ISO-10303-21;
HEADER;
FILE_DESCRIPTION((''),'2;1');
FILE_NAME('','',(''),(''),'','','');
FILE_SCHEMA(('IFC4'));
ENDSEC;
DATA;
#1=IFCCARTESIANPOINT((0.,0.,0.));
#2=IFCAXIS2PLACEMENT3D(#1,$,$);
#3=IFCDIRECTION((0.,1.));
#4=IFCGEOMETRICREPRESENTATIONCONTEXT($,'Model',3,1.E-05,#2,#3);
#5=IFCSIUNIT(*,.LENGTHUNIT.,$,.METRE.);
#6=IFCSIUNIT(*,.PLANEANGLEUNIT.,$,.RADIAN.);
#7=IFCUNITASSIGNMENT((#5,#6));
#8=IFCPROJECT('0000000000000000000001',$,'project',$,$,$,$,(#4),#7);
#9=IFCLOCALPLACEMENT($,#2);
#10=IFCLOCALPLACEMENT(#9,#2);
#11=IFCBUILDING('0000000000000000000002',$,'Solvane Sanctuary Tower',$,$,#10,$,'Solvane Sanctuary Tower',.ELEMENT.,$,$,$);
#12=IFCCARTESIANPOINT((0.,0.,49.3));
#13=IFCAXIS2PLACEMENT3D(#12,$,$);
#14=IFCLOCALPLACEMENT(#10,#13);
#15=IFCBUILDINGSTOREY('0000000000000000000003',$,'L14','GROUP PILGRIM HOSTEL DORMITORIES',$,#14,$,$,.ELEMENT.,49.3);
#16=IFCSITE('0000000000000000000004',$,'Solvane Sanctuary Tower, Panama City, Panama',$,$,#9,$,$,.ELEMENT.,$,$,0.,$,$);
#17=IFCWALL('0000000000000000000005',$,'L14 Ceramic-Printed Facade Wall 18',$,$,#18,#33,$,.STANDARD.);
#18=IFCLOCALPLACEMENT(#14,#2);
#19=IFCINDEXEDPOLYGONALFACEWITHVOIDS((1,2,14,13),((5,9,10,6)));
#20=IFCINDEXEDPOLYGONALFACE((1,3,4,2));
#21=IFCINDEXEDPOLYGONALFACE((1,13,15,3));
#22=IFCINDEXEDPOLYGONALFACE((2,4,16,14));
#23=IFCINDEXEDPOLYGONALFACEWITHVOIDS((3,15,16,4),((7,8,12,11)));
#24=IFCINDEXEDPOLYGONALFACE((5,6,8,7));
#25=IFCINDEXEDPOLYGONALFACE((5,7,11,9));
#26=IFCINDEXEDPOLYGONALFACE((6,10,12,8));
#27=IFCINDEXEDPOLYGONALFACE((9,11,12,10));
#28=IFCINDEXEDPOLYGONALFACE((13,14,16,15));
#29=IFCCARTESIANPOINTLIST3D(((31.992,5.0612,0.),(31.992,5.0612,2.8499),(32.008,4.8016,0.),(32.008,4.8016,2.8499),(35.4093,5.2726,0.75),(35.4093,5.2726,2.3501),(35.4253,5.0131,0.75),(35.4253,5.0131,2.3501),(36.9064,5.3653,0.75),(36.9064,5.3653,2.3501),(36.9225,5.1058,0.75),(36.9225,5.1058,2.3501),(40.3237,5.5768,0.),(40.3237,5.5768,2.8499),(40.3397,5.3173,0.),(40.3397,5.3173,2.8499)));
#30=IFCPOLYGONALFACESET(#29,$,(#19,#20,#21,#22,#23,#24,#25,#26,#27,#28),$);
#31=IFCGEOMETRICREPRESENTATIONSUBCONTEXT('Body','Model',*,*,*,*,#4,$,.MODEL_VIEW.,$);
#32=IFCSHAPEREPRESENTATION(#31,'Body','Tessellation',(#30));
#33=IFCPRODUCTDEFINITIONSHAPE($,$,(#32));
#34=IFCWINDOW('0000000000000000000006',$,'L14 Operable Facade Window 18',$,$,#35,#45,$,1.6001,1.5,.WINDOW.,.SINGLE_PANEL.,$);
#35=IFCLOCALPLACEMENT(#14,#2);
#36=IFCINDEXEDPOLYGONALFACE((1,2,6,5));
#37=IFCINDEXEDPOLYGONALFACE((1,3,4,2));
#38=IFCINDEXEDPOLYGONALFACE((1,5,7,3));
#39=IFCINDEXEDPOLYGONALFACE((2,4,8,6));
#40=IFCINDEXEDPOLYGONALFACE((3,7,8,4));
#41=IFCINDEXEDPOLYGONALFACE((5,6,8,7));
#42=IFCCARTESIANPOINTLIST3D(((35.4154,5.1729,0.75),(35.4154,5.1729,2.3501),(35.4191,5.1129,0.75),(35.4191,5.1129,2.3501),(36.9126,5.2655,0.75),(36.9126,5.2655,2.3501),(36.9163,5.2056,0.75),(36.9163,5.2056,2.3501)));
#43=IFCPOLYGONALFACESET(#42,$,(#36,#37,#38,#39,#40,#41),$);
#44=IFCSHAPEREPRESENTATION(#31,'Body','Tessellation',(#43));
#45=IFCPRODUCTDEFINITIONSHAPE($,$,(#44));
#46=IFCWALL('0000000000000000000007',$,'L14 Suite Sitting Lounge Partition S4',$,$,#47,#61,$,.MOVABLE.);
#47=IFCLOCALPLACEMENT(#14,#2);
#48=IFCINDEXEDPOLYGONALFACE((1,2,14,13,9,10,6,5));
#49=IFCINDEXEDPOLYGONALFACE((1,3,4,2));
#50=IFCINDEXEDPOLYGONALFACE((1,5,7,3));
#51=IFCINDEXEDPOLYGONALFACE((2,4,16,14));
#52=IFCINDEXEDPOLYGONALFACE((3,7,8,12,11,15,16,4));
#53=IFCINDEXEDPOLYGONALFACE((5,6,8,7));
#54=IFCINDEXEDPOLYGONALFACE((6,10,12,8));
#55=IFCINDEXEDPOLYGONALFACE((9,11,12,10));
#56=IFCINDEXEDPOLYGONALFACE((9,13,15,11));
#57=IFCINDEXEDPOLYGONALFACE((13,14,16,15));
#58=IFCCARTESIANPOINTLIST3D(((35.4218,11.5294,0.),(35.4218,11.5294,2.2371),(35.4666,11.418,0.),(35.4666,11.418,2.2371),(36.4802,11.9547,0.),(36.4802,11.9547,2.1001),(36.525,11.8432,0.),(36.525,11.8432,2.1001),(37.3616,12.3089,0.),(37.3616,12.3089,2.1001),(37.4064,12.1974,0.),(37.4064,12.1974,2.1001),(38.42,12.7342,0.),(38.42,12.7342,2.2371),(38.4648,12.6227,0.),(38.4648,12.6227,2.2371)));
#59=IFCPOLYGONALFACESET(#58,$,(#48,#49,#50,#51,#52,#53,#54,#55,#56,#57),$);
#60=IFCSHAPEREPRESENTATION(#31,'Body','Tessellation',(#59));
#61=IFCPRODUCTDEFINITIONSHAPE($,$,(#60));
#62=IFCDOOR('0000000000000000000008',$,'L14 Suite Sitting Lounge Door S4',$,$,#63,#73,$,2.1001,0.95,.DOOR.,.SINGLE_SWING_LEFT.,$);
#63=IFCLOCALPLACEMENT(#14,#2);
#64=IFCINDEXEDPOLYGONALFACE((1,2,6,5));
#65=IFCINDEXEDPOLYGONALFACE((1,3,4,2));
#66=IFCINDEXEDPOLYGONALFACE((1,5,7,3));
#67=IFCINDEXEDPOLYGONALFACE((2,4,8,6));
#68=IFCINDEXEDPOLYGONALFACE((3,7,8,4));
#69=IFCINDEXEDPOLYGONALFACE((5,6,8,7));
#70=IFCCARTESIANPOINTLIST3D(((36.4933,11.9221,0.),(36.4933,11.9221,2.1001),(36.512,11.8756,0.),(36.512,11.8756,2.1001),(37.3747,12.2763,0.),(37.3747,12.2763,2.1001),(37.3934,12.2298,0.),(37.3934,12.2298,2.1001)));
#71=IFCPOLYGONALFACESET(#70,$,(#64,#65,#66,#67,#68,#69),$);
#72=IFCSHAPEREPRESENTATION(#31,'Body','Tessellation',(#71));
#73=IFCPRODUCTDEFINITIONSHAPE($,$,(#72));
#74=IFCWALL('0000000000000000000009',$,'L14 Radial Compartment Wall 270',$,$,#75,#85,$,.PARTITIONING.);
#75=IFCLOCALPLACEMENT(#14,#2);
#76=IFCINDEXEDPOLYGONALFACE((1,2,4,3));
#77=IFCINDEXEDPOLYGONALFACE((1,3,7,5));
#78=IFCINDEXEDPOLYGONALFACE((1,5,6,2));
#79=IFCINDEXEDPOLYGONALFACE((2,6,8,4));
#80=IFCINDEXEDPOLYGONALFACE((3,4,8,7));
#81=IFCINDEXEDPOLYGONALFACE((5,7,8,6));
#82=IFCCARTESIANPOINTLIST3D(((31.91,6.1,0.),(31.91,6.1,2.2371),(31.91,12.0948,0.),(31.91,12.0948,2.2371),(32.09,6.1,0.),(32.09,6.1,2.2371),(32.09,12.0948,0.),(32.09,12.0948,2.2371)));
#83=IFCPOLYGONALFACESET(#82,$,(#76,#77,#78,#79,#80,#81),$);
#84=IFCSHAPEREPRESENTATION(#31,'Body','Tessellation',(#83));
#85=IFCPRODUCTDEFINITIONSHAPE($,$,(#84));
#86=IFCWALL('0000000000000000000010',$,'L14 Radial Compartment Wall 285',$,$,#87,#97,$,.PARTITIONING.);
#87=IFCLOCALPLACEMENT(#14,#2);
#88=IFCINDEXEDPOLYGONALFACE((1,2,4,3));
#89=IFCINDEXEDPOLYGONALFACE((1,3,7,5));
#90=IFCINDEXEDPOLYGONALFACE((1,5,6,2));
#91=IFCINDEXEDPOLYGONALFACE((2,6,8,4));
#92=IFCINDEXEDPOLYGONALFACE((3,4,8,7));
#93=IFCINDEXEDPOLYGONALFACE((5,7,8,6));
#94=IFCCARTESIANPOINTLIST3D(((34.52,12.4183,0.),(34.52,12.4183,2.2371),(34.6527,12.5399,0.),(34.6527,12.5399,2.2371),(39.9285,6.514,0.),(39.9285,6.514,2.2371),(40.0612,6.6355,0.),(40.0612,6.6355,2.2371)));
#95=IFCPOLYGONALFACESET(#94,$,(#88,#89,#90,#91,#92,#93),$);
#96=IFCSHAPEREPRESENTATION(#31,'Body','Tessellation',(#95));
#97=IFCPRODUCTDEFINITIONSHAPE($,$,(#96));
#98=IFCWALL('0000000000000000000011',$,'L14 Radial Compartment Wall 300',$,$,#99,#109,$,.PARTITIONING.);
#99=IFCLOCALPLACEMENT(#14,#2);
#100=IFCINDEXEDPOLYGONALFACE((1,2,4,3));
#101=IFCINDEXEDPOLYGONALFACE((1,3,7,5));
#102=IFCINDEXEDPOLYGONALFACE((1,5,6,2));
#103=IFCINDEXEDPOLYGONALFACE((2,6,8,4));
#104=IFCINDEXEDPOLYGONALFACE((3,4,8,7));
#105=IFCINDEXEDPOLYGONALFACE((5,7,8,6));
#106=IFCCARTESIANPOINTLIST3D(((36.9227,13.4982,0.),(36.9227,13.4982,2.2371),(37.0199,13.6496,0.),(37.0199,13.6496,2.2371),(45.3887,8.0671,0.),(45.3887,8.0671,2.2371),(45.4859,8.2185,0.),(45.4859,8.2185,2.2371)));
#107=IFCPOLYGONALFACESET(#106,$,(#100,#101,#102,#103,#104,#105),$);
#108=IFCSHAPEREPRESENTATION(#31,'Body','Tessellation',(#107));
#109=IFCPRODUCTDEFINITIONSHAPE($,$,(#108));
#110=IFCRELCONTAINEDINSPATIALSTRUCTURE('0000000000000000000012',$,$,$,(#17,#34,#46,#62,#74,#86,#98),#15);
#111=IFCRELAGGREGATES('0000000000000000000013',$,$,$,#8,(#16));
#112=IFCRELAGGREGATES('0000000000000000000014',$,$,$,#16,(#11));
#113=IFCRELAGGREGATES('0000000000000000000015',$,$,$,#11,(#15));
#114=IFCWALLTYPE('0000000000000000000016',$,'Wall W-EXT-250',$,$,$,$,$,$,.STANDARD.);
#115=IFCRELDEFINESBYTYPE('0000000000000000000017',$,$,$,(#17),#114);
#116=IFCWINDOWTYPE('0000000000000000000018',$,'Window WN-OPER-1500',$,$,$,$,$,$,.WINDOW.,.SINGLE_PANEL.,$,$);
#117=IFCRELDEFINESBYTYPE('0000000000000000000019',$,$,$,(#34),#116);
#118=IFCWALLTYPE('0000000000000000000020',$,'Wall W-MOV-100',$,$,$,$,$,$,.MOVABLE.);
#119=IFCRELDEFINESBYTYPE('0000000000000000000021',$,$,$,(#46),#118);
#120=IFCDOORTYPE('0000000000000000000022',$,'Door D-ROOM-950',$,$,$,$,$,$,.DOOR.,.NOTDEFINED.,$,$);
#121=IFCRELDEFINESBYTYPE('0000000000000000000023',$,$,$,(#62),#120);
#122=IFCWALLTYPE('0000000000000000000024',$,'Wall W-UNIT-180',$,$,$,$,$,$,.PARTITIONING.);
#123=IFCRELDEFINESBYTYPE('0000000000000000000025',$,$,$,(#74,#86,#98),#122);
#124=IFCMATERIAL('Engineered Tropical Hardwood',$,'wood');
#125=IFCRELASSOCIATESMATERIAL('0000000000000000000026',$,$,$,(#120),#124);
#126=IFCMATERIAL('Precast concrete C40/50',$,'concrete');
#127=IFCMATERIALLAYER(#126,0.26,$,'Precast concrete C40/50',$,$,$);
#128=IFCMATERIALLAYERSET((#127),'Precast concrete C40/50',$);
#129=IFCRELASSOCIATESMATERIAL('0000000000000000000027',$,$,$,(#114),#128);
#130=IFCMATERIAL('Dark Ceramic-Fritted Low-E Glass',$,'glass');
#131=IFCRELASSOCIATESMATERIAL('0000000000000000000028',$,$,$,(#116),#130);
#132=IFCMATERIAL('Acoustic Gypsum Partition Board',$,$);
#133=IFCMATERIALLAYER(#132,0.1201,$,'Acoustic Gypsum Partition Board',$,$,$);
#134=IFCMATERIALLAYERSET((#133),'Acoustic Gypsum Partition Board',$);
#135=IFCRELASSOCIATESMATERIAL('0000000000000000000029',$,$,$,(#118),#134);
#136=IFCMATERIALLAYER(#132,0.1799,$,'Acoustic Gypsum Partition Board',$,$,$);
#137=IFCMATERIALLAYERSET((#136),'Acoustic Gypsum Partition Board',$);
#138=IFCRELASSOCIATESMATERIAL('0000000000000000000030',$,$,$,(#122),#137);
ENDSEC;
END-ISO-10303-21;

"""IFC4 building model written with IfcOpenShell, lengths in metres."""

from ifc_helpers import new_model, si_unit, direction, frame, frame_2d, origin, place, context, subcontext, project, spatial, rectangle, extrude, material, layer, layer_set, type_object, element, fill, save


model = new_model("IFC4")

# Units and contexts
model_context = context("Model", 3, precision=1e-05, world=origin(), true_north=direction((0.0, 1.0)))
body_context = subcontext(model_context, "Body", "Model", "MODEL_VIEW")
ifc_project = project(units=[si_unit("LENGTHUNIT", "METRE"), si_unit("PLANEANGLEUNIT", "RADIAN")], contexts=[model_context])

# Site, building, storey
site_placement = place(None, origin())
site = spatial("IfcSite", under=ifc_project, at=site_placement, Name="Solvane Sanctuary Tower, Panama City, Panama", CompositionType="ELEMENT", RefElevation=0.0)
building_placement = place(site_placement, origin())
building = spatial("IfcBuilding", under=site, at=building_placement, Name="Solvane Sanctuary Tower", LongName="Solvane Sanctuary Tower", CompositionType="ELEMENT")
storey_placement = place(building_placement, frame((0.0, 0.0, 49.3)))
storey = spatial("IfcBuildingStorey", under=building, at=storey_placement, Name="L14", Description="GROUP PILGRIM HOSTEL DORMITORIES", CompositionType="ELEMENT", Elevation=49.3)

# Shared definitions
ifc_material_1 = material(Name="Acoustic Gypsum Partition Board")

# Shared definitions
ifc_material_2 = material(Name="Engineered Tropical Hardwood", Category="wood")
door_type_1 = type_object("IfcDoorType", Name="Door D-ROOM-950", OperationType="NOTDEFINED", PredefinedType="DOOR", material=ifc_material_2)

# Wall, opening, window
ifc_material_3 = material(Name="Precast concrete C40/50", Category="concrete")
ifc_layer_1 = layer(ifc_material_3, 0.26, Name="Precast concrete C40/50")
ifc_layer_set_1 = layer_set([ifc_layer_1], Name="Precast concrete C40/50")
wall_type_1 = type_object("IfcWallType", Name="Wall W-EXT-250", PredefinedType="STANDARD", material=ifc_layer_set_1)
wall_1_placement = place(storey_placement, frame((32.0, 4.9314, 0.0), z_axis=(0.0, 0.0, 1.0), x_axis=(0.998091, 0.061768, 0.0)))
wall_1 = element("IfcWall", 1, at=wall_1_placement, inside=storey, type_object=wall_type_1, Name="L14 Ceramic-Printed Facade Wall 18", PredefinedType="STANDARD", context=body_context, shape_type="SweptSolid", body=[
    extrude(rectangle(XDim=8.3477, YDim=0.26, at=frame_2d((4.1738, 0.0))), origin(), (0.0, 0.0, 1.0), 2.8499),
])
opening_1_placement = place(wall_1_placement, frame((3.4238, 0.0, 0.75)))
opening_1 = element("IfcOpeningElement", 2, at=opening_1_placement, cuts=wall_1, PredefinedType="OPENING", context=body_context, shape_type="SweptSolid", body=[
    extrude(rectangle(XDim=1.5, YDim=1.6001, at=frame_2d((0.75, 0.8))), frame((0.0, 0.1399, 0.0), z_axis=(0.0, -1.0, 0.0), x_axis=(1.0, 0.0, 0.0)), (0.0, 0.0, 1.0), 0.28),
])
ifc_material_4 = material(Name="Dark Ceramic-Fritted Low-E Glass", Category="glass")
window_type = type_object("IfcWindowType", Name="Window WN-OPER-1500", PartitioningType="SINGLE_PANEL", PredefinedType="WINDOW", material=ifc_material_4)
window_placement = place(opening_1_placement, origin())
window = element("IfcWindow", 3, at=window_placement, inside=storey, type_object=window_type, Name="L14 Operable Facade Window 18", OverallHeight=1.6001, OverallWidth=1.5, PartitioningType="SINGLE_PANEL", PredefinedType="WINDOW", context=body_context, shape_type="SweptSolid", body=[
    extrude(rectangle(XDim=1.5, YDim=1.6001, at=frame_2d((0.75, 0.8))), frame((0.0, 0.03, 0.0), z_axis=(0.0, -1.0, 0.0), x_axis=(1.0, 0.0, 0.0)), (0.0, 0.0, 1.0), 0.0601),
])
fill(opening_1, window)

# Wall, opening, door
ifc_layer_2 = layer(ifc_material_1, 0.1201, Name="Acoustic Gypsum Partition Board")
ifc_layer_set_2 = layer_set([ifc_layer_2], Name="Acoustic Gypsum Partition Board")
wall_type_2 = type_object("IfcWallType", Name="Wall W-MOV-100", PredefinedType="MOVABLE", material=ifc_layer_set_2)
wall_2_placement = place(storey_placement, frame((35.4441, 11.4736, 0.0), z_axis=(0.0, 0.0, 1.0), x_axis=(0.927887, 0.372862, 0.0)))
wall_2 = element("IfcWall", 4, at=wall_2_placement, inside=storey, type_object=wall_type_2, Name="L14 Suite Sitting Lounge Partition S4", PredefinedType="MOVABLE", context=body_context, shape_type="SweptSolid", body=[
    extrude(rectangle(XDim=3.2312, YDim=0.1201, at=frame_2d((1.6157, 0.0))), origin(), (0.0, 0.0, 1.0), 2.2371),
])
opening_2_placement = place(wall_2_placement, frame((1.1406, 0.0, 0.0)))
opening_2 = element("IfcOpeningElement", 5, at=opening_2_placement, cuts=wall_2, PredefinedType="OPENING", context=body_context, shape_type="SweptSolid", body=[
    extrude(rectangle(XDim=0.95, YDim=2.1001, at=frame_2d((0.4751, 1.05))), frame((0.0, 0.0701, 0.0), z_axis=(0.0, -1.0, 0.0), x_axis=(1.0, 0.0, 0.0)), (0.0, 0.0, 1.0), 0.1401),
])
door_1_placement = place(opening_2_placement, origin())
door_1 = element("IfcDoor", 6, at=door_1_placement, inside=storey, type_object=door_type_1, Name="L14 Suite Sitting Lounge Door S4", OperationType="SINGLE_SWING_LEFT", OverallHeight=2.1001, OverallWidth=0.95, PredefinedType="DOOR", context=body_context, shape_type="SweptSolid", body=[
    extrude(rectangle(XDim=0.95, YDim=2.1001, at=frame_2d((0.4751, 1.05))), frame((0.0, 0.0249, 0.0), z_axis=(0.0, -1.0, 0.0), x_axis=(1.0, 0.0, 0.0)), (0.0, 0.0, 1.0), 0.05),
])
fill(opening_2, door_1)

# Walls
ifc_layer_3 = layer(ifc_material_1, 0.1799, Name="Acoustic Gypsum Partition Board")
ifc_layer_set_3 = layer_set([ifc_layer_3], Name="Acoustic Gypsum Partition Board")
wall_type_3 = type_object("IfcWallType", Name="Wall W-UNIT-180", PredefinedType="PARTITIONING", material=ifc_layer_set_3)
wall_3_placement = place(storey_placement, frame((32.0, 12.095, 0.0), z_axis=(0.0, 0.0, 1.0), x_axis=(0.0, -1.0, 0.0)))
element("IfcWall", 7, at=wall_3_placement, inside=storey, type_object=wall_type_3, Name="L14 Radial Compartment Wall 270", PredefinedType="PARTITIONING", context=body_context, shape_type="SweptSolid", body=[
    extrude(rectangle(XDim=5.9949, YDim=0.1799, at=frame_2d((2.9976, 0.0))), origin(), (0.0, 0.0, 1.0), 2.2371),
])
wall_4_placement = place(storey_placement, frame((34.5864, 12.479, 0.0), z_axis=(0.0, 0.0, 1.0), x_axis=(0.675465, -0.737392, 0.0)))
element("IfcWall", 8, at=wall_4_placement, inside=storey, type_object=wall_type_3, Name="L14 Radial Compartment Wall 285", PredefinedType="PARTITIONING", context=body_context, shape_type="SweptSolid", body=[
    extrude(rectangle(XDim=8.0071, YDim=0.1799, at=frame_2d((4.0034, 0.0))), origin(), (0.0, 0.0, 1.0), 2.2371),
])
wall_5_placement = place(storey_placement, frame((36.9712, 13.574, 0.0), z_axis=(0.0, 0.0, 1.0), x_axis=(0.84169, -0.539961, 0.0)))
element("IfcWall", 9, at=wall_5_placement, inside=storey, type_object=wall_type_3, Name="L14 Radial Compartment Wall 300", PredefinedType="PARTITIONING", context=body_context, shape_type="SweptSolid", body=[
    extrude(rectangle(XDim=10.0583, YDim=0.1799, at=frame_2d((5.0293, 0.0))), origin(), (0.0, 0.0, 1.0), 2.2371),
])

save(model, "model.ifc")
